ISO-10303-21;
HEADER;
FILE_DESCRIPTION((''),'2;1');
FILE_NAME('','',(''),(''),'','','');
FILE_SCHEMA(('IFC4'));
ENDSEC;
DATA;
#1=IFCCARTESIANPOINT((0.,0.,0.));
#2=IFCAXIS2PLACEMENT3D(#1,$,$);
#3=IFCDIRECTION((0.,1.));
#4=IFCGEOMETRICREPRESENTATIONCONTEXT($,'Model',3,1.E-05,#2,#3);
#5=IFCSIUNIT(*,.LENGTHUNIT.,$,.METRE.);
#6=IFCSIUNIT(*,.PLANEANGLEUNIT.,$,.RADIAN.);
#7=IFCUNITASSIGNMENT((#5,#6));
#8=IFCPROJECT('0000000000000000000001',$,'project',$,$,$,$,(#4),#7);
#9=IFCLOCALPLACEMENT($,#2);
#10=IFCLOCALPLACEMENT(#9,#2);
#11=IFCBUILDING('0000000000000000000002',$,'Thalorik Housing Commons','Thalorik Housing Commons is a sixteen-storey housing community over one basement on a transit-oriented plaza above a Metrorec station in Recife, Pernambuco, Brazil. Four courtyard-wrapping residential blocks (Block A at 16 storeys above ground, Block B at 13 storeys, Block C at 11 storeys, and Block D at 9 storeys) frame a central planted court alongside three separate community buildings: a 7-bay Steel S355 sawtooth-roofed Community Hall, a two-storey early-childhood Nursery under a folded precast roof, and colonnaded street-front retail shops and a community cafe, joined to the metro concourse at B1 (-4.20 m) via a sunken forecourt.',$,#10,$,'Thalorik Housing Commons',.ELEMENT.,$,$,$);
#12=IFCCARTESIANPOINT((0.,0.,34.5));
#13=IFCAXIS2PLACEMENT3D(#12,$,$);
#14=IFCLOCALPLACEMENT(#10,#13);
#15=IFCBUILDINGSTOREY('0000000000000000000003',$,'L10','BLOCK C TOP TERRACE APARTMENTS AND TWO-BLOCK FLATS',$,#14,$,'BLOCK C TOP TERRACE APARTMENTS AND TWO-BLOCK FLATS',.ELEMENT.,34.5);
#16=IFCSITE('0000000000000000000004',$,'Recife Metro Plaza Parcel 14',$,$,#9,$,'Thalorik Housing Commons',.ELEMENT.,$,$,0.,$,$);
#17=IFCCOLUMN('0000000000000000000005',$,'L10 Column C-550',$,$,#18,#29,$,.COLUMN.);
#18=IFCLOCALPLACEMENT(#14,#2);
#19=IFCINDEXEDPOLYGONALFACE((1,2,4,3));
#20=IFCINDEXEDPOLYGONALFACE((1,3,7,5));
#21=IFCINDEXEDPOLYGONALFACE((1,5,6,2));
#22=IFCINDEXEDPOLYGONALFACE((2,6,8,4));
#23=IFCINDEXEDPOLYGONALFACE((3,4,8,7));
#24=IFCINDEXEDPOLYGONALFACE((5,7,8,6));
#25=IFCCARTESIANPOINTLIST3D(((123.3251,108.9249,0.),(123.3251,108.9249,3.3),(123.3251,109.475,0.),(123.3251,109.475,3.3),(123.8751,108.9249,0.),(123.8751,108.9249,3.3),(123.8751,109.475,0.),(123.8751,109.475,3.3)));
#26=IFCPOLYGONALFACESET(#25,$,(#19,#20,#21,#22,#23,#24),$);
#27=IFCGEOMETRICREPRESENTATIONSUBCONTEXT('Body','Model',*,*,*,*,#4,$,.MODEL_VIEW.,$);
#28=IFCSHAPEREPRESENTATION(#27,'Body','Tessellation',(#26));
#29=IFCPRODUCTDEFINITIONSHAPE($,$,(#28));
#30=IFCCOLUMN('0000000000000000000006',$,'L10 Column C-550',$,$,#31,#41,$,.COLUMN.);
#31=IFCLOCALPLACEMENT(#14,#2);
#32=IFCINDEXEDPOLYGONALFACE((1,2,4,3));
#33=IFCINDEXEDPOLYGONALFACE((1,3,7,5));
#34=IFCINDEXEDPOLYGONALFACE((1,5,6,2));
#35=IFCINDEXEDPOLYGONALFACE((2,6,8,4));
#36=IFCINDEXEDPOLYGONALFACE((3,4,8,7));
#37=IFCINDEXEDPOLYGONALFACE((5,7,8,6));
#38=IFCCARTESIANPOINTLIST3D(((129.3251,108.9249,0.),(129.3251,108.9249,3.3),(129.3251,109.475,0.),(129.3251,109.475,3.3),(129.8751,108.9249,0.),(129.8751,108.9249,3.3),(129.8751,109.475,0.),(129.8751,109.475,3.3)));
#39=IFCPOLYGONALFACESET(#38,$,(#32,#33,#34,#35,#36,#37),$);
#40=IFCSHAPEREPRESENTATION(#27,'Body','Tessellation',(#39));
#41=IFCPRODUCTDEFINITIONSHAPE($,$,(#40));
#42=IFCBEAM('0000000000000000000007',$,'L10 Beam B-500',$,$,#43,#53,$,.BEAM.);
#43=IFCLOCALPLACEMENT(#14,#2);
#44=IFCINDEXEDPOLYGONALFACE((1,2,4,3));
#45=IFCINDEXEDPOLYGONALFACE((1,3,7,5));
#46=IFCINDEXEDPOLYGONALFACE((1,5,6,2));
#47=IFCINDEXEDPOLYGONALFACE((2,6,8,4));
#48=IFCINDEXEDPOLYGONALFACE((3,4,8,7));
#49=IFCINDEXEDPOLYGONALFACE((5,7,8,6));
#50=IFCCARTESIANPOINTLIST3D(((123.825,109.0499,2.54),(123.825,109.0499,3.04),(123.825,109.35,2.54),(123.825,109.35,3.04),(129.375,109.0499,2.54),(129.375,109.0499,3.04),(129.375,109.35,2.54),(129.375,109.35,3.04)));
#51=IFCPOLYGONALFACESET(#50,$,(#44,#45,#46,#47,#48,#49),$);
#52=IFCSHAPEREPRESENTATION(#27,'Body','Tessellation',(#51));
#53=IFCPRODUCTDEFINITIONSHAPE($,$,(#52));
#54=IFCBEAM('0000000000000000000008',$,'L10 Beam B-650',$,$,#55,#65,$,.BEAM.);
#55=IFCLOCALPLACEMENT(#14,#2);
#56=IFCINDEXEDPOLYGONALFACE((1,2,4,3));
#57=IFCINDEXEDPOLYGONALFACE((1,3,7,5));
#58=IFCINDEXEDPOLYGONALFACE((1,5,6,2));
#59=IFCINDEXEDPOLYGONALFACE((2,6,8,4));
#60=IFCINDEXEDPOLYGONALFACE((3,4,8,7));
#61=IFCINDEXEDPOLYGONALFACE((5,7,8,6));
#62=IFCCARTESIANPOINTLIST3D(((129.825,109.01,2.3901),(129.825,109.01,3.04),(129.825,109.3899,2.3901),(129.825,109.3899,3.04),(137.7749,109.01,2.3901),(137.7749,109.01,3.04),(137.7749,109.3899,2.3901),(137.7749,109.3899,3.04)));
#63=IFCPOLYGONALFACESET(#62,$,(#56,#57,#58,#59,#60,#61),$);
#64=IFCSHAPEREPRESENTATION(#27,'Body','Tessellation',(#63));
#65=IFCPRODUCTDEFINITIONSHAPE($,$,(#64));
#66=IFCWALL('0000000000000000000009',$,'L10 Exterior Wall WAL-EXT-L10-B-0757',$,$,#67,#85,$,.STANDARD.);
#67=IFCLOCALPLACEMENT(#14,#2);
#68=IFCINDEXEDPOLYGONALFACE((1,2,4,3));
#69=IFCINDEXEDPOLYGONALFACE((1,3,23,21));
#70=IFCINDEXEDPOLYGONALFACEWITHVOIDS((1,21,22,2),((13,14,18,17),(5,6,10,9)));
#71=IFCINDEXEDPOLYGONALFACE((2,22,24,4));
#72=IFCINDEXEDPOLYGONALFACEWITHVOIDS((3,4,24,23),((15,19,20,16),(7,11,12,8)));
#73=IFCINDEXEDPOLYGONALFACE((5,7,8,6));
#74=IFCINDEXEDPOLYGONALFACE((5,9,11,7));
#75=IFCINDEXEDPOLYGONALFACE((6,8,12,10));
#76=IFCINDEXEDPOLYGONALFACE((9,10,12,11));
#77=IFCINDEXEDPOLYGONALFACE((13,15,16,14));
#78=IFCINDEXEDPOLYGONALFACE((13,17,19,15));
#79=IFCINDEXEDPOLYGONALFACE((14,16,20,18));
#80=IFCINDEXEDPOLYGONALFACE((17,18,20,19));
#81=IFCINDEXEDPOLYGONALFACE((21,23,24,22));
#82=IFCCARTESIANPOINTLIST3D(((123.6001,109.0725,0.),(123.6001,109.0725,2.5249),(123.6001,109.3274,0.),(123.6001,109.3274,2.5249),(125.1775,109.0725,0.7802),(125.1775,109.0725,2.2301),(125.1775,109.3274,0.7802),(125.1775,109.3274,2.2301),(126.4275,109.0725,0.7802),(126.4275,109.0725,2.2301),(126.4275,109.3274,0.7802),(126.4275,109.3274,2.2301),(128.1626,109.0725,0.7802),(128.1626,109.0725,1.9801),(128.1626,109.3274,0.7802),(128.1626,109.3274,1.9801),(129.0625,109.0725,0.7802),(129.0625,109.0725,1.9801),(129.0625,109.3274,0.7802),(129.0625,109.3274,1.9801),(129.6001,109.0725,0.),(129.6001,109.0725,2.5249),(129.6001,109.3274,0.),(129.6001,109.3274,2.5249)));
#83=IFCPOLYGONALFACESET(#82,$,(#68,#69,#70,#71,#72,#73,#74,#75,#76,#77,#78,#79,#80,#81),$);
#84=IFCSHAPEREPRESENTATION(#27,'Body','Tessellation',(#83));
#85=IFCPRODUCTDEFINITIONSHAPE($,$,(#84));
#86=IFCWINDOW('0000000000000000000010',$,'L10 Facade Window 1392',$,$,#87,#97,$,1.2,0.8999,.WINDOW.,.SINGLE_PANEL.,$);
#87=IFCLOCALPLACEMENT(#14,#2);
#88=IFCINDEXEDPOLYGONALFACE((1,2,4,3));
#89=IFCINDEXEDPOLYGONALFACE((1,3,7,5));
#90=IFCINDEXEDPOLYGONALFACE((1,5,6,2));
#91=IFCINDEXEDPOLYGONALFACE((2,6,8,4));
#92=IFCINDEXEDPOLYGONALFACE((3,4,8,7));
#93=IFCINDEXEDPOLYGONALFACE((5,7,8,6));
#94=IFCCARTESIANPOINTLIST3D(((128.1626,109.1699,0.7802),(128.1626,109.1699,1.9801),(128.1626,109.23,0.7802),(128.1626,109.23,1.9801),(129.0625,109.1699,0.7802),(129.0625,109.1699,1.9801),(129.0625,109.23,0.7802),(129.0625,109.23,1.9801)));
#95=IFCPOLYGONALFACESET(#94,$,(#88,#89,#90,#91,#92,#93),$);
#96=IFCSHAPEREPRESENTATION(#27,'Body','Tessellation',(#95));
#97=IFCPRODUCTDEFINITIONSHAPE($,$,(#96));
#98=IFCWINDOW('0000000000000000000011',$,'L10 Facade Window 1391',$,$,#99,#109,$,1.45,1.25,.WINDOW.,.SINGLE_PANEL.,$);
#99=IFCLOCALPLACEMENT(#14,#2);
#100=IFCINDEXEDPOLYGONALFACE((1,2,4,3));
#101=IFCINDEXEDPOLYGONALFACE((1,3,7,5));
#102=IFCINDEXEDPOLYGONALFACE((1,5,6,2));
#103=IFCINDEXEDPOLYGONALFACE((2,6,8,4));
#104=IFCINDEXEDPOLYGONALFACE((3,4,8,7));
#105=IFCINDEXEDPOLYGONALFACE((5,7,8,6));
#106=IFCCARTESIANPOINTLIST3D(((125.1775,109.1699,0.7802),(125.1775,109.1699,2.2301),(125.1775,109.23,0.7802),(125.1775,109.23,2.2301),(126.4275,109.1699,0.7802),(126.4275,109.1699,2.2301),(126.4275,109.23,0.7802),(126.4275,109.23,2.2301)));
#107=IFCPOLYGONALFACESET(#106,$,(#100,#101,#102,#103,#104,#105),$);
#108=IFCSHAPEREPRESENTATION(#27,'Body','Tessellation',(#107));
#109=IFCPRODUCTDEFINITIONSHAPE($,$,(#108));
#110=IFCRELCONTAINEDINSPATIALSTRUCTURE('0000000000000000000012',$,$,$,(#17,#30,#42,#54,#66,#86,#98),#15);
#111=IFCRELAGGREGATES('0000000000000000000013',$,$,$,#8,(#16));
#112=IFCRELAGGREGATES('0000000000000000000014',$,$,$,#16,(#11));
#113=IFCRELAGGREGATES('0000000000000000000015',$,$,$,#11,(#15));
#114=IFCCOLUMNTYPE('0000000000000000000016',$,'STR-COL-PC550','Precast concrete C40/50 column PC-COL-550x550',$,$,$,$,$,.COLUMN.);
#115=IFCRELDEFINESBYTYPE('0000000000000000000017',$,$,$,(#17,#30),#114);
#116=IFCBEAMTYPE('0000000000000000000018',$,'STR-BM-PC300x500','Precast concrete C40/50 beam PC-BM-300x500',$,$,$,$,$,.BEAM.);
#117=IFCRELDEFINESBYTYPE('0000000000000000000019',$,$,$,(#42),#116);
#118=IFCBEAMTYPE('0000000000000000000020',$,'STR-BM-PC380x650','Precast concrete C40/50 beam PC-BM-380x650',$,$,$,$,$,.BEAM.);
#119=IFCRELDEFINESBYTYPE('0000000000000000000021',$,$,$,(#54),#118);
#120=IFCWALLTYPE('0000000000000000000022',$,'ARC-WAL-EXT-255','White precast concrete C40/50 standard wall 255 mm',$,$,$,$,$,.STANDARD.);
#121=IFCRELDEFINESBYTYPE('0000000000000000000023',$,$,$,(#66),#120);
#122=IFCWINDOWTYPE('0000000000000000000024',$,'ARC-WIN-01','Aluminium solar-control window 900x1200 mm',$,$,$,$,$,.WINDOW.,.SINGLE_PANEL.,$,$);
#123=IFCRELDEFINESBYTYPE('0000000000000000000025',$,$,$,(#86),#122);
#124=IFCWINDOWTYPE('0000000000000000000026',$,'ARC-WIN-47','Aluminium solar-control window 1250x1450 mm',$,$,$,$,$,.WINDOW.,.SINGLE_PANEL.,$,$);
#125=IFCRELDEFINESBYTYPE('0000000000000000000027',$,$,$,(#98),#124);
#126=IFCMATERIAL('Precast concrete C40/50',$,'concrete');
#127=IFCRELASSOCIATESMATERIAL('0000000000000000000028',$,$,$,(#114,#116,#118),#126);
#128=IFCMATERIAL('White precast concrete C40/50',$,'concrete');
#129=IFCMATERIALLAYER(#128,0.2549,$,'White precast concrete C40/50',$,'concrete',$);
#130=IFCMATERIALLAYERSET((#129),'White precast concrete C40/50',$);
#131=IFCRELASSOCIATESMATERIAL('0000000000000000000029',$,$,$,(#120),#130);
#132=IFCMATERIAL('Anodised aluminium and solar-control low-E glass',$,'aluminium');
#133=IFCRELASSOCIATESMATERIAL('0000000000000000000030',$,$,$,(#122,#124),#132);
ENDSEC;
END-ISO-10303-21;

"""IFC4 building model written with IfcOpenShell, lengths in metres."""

from ifc_helpers import new_model, si_unit, direction, frame, frame_2d, origin, origin_2d, place, context, subcontext, project, spatial, rectangle, extrude, material, layer, layer_set, material_profile, profile_set, type_object, element, fill, save


model = new_model("IFC4")

# Units and contexts
model_context = context("Model", 3, precision=1e-05, world=origin(), true_north=direction((0.0, 1.0)))
body_context = subcontext(model_context, "Body", "Model", "MODEL_VIEW")
ifc_project = project(units=[si_unit("LENGTHUNIT", "METRE"), si_unit("PLANEANGLEUNIT", "RADIAN")], contexts=[model_context])

# Site, building, storey
site_placement = place(None, origin())
site = spatial("IfcSite", under=ifc_project, at=site_placement, Name="Recife Metro Plaza Parcel 14", LongName="Thalorik Housing Commons", CompositionType="ELEMENT", RefElevation=0.0)
building_placement = place(site_placement, origin())
building = spatial("IfcBuilding", under=site, at=building_placement, Name="Thalorik Housing Commons", Description="Thalorik Housing Commons is a sixteen-storey housing community over one basement on a transit-oriented plaza above a Metrorec station in Recife, Pernambuco, Brazil. Four courtyard-wrapping residential blocks (Block A at 16 storeys above ground, Block B at 13 storeys, Block C at 11 storeys, and Block D at 9 storeys) frame a central planted court alongside three separate community buildings: a 7-bay Steel S355 sawtooth-roofed Community Hall, a two-storey early-childhood Nursery under a folded precast roof, and colonnaded street-front retail shops and a community cafe, joined to the metro concourse at B1 (-4.20 m) via a sunken forecourt.", LongName="Thalorik Housing Commons", CompositionType="ELEMENT")
storey_placement = place(building_placement, frame((0.0, 0.0, 34.5)))
storey = spatial("IfcBuildingStorey", under=building, at=storey_placement, Name="L10", Description="BLOCK C TOP TERRACE APARTMENTS AND TWO-BLOCK FLATS", LongName="BLOCK C TOP TERRACE APARTMENTS AND TWO-BLOCK FLATS", CompositionType="ELEMENT", Elevation=34.5)

# Columns
ifc_material_1 = material(Name="Precast concrete C40/50", Category="concrete")
ifc_material_profile_1 = material_profile(ifc_material_1, rectangle(XDim=0.55, YDim=0.55, at=origin_2d()), Name="PC 550x550", Category="concrete")
ifc_profile_set_1 = profile_set([ifc_material_profile_1], Name="Precast concrete C40/50")
column_type = type_object("IfcColumnType", Name="STR-COL-PC550", Description="Precast concrete C40/50 column PC-COL-550x550", PredefinedType="COLUMN", material=ifc_profile_set_1)
for number, where, z_axis, x_axis, name in (
    (1, (123.6001, 109.2, 0.0), (0.0, 0.0, 1.0), (1.0, 0.0, 0.0), "L10 Column C-550"),
    (2, (129.6001, 109.2, 0.0), (0.0, 0.0, 1.0), (1.0, 0.0, 0.0), "L10 Column C-550"),
):
    element("IfcColumn", number, at=place(storey_placement, frame(where, z_axis=z_axis, x_axis=x_axis)), inside=storey, type_object=column_type, Name=name, PredefinedType="COLUMN", context=body_context, shape_type="SweptSolid", body=[
        extrude(rectangle(XDim=0.55, YDim=0.55, at=origin_2d()), origin(), (0.0, 0.0, 1.0), 3.3),
    ])

# Beams
ifc_material_profile_2 = material_profile(ifc_material_1, rectangle(XDim=0.3, YDim=0.5, at=origin_2d()), Name="PC 300x500", Category="concrete")
ifc_profile_set_2 = profile_set([ifc_material_profile_2], Name="Precast concrete C40/50")
beam_type_1 = type_object("IfcBeamType", Name="STR-BM-PC300x500", Description="Precast concrete C40/50 beam PC-BM-300x500", PredefinedType="BEAM", material=ifc_profile_set_2)
beam_1_placement = place(storey_placement, frame((123.825, 109.2, 2.79), z_axis=(1.0, 0.0, 0.0), x_axis=(0.0, 1.0, 0.0)))
element("IfcBeam", 3, at=beam_1_placement, inside=storey, type_object=beam_type_1, Name="L10 Beam B-500", PredefinedType="BEAM", context=body_context, shape_type="SweptSolid", body=[
    extrude(rectangle(XDim=0.3, YDim=0.5, at=origin_2d()), origin(), (0.0, 0.0, 1.0), 5.55),
])
ifc_material_profile_3 = material_profile(ifc_material_1, rectangle(XDim=0.3799, YDim=0.6499, at=origin_2d()), Name="PC 380x650", Category="concrete")
ifc_profile_set_3 = profile_set([ifc_material_profile_3], Name="Precast concrete C40/50")
beam_type_2 = type_object("IfcBeamType", Name="STR-BM-PC380x650", Description="Precast concrete C40/50 beam PC-BM-380x650", PredefinedType="BEAM", material=ifc_profile_set_3)
beam_2_placement = place(storey_placement, frame((129.825, 109.2, 2.7151), z_axis=(1.0, 0.0, 0.0), x_axis=(0.0, 1.0, 0.0)))
element("IfcBeam", 4, at=beam_2_placement, inside=storey, type_object=beam_type_2, Name="L10 Beam B-650", PredefinedType="BEAM", context=body_context, shape_type="SweptSolid", body=[
    extrude(rectangle(XDim=0.3799, YDim=0.6499, at=origin_2d()), origin(), (0.0, 0.0, 1.0), 7.95),
])

# Wall, openings, windows
ifc_material_2 = material(Name="White precast concrete C40/50", Category="concrete")
ifc_layer_1 = layer(ifc_material_2, 0.2549, Name="White precast concrete C40/50", Category="concrete")
ifc_layer_set_1 = layer_set([ifc_layer_1], Name="White precast concrete C40/50")
wall_type = type_object("IfcWallType", Name="ARC-WAL-EXT-255", Description="White precast concrete C40/50 standard wall 255 mm", PredefinedType="STANDARD", material=ifc_layer_set_1)
wall_1_placement = place(storey_placement, frame((123.6001, 109.2, 0.0), z_axis=(0.0, 0.0, 1.0), x_axis=(1.0, 0.0, 0.0)))
wall_1 = element("IfcWall", 5, at=wall_1_placement, inside=storey, type_object=wall_type, Name="L10 Exterior Wall WAL-EXT-L10-B-0757", PredefinedType="STANDARD", context=body_context, shape_type="SweptSolid", body=[
    extrude(rectangle(XDim=6.0, YDim=0.2549, at=frame_2d((3.0, 0.0))), origin(), (0.0, 0.0, 1.0), 2.5249),
])
opening_1_placement = place(wall_1_placement, frame((1.5774, 0.0, 0.78)))
opening_1 = element("IfcOpeningElement", 6, at=opening_1_placement, cuts=wall_1, PredefinedType="OPENING", context=body_context, shape_type="SweptSolid", body=[
    extrude(rectangle(XDim=1.25, YDim=1.45, at=frame_2d((0.625, 0.7251))), frame((0.0, 0.1375, 0.0), z_axis=(0.0, -1.0, 0.0), x_axis=(1.0, 0.0, 0.0)), (0.0, 0.0, 1.0), 0.2749),
])
opening_2_placement = place(wall_1_placement, frame((4.5625, 0.0, 0.78)))
opening_2 = element("IfcOpeningElement", 7, at=opening_2_placement, cuts=wall_1, PredefinedType="OPENING", context=body_context, shape_type="SweptSolid", body=[
    extrude(rectangle(XDim=0.8999, YDim=1.2, at=frame_2d((0.45, 0.6001))), frame((0.0, 0.1375, 0.0), z_axis=(0.0, -1.0, 0.0), x_axis=(1.0, 0.0, 0.0)), (0.0, 0.0, 1.0), 0.2749),
])
ifc_material_3 = material(Name="Anodised aluminium and solar-control low-E glass", Category="aluminium")
window_type_1 = type_object("IfcWindowType", Name="ARC-WIN-01", Description="Aluminium solar-control window 900x1200 mm", PartitioningType="SINGLE_PANEL", PredefinedType="WINDOW", material=ifc_material_3)
window_1_placement = place(opening_2_placement, origin())
window_1 = element("IfcWindow", 8, at=window_1_placement, inside=storey, type_object=window_type_1, Name="L10 Facade Window 1392", OverallHeight=1.2, OverallWidth=0.8999, PartitioningType="SINGLE_PANEL", PredefinedType="WINDOW", context=body_context, shape_type="SweptSolid", body=[
    extrude(rectangle(XDim=0.8999, YDim=1.2, at=frame_2d((0.45, 0.6001))), frame((0.0, 0.03, 0.0), z_axis=(0.0, -1.0, 0.0), x_axis=(1.0, 0.0, 0.0)), (0.0, 0.0, 1.0), 0.0601),
])
fill(opening_2, window_1)
window_type_2 = type_object("IfcWindowType", Name="ARC-WIN-47", Description="Aluminium solar-control window 1250x1450 mm", PartitioningType="SINGLE_PANEL", PredefinedType="WINDOW", material=ifc_material_3)
window_2_placement = place(opening_1_placement, origin())
window_2 = element("IfcWindow", 9, at=window_2_placement, inside=storey, type_object=window_type_2, Name="L10 Facade Window 1391", OverallHeight=1.45, OverallWidth=1.25, PartitioningType="SINGLE_PANEL", PredefinedType="WINDOW", context=body_context, shape_type="SweptSolid", body=[
    extrude(rectangle(XDim=1.25, YDim=1.45, at=frame_2d((0.625, 0.7251))), frame((0.0, 0.03, 0.0), z_axis=(0.0, -1.0, 0.0), x_axis=(1.0, 0.0, 0.0)), (0.0, 0.0, 1.0), 0.0601),
])
fill(opening_1, window_2)

save(model, "model.ifc")
